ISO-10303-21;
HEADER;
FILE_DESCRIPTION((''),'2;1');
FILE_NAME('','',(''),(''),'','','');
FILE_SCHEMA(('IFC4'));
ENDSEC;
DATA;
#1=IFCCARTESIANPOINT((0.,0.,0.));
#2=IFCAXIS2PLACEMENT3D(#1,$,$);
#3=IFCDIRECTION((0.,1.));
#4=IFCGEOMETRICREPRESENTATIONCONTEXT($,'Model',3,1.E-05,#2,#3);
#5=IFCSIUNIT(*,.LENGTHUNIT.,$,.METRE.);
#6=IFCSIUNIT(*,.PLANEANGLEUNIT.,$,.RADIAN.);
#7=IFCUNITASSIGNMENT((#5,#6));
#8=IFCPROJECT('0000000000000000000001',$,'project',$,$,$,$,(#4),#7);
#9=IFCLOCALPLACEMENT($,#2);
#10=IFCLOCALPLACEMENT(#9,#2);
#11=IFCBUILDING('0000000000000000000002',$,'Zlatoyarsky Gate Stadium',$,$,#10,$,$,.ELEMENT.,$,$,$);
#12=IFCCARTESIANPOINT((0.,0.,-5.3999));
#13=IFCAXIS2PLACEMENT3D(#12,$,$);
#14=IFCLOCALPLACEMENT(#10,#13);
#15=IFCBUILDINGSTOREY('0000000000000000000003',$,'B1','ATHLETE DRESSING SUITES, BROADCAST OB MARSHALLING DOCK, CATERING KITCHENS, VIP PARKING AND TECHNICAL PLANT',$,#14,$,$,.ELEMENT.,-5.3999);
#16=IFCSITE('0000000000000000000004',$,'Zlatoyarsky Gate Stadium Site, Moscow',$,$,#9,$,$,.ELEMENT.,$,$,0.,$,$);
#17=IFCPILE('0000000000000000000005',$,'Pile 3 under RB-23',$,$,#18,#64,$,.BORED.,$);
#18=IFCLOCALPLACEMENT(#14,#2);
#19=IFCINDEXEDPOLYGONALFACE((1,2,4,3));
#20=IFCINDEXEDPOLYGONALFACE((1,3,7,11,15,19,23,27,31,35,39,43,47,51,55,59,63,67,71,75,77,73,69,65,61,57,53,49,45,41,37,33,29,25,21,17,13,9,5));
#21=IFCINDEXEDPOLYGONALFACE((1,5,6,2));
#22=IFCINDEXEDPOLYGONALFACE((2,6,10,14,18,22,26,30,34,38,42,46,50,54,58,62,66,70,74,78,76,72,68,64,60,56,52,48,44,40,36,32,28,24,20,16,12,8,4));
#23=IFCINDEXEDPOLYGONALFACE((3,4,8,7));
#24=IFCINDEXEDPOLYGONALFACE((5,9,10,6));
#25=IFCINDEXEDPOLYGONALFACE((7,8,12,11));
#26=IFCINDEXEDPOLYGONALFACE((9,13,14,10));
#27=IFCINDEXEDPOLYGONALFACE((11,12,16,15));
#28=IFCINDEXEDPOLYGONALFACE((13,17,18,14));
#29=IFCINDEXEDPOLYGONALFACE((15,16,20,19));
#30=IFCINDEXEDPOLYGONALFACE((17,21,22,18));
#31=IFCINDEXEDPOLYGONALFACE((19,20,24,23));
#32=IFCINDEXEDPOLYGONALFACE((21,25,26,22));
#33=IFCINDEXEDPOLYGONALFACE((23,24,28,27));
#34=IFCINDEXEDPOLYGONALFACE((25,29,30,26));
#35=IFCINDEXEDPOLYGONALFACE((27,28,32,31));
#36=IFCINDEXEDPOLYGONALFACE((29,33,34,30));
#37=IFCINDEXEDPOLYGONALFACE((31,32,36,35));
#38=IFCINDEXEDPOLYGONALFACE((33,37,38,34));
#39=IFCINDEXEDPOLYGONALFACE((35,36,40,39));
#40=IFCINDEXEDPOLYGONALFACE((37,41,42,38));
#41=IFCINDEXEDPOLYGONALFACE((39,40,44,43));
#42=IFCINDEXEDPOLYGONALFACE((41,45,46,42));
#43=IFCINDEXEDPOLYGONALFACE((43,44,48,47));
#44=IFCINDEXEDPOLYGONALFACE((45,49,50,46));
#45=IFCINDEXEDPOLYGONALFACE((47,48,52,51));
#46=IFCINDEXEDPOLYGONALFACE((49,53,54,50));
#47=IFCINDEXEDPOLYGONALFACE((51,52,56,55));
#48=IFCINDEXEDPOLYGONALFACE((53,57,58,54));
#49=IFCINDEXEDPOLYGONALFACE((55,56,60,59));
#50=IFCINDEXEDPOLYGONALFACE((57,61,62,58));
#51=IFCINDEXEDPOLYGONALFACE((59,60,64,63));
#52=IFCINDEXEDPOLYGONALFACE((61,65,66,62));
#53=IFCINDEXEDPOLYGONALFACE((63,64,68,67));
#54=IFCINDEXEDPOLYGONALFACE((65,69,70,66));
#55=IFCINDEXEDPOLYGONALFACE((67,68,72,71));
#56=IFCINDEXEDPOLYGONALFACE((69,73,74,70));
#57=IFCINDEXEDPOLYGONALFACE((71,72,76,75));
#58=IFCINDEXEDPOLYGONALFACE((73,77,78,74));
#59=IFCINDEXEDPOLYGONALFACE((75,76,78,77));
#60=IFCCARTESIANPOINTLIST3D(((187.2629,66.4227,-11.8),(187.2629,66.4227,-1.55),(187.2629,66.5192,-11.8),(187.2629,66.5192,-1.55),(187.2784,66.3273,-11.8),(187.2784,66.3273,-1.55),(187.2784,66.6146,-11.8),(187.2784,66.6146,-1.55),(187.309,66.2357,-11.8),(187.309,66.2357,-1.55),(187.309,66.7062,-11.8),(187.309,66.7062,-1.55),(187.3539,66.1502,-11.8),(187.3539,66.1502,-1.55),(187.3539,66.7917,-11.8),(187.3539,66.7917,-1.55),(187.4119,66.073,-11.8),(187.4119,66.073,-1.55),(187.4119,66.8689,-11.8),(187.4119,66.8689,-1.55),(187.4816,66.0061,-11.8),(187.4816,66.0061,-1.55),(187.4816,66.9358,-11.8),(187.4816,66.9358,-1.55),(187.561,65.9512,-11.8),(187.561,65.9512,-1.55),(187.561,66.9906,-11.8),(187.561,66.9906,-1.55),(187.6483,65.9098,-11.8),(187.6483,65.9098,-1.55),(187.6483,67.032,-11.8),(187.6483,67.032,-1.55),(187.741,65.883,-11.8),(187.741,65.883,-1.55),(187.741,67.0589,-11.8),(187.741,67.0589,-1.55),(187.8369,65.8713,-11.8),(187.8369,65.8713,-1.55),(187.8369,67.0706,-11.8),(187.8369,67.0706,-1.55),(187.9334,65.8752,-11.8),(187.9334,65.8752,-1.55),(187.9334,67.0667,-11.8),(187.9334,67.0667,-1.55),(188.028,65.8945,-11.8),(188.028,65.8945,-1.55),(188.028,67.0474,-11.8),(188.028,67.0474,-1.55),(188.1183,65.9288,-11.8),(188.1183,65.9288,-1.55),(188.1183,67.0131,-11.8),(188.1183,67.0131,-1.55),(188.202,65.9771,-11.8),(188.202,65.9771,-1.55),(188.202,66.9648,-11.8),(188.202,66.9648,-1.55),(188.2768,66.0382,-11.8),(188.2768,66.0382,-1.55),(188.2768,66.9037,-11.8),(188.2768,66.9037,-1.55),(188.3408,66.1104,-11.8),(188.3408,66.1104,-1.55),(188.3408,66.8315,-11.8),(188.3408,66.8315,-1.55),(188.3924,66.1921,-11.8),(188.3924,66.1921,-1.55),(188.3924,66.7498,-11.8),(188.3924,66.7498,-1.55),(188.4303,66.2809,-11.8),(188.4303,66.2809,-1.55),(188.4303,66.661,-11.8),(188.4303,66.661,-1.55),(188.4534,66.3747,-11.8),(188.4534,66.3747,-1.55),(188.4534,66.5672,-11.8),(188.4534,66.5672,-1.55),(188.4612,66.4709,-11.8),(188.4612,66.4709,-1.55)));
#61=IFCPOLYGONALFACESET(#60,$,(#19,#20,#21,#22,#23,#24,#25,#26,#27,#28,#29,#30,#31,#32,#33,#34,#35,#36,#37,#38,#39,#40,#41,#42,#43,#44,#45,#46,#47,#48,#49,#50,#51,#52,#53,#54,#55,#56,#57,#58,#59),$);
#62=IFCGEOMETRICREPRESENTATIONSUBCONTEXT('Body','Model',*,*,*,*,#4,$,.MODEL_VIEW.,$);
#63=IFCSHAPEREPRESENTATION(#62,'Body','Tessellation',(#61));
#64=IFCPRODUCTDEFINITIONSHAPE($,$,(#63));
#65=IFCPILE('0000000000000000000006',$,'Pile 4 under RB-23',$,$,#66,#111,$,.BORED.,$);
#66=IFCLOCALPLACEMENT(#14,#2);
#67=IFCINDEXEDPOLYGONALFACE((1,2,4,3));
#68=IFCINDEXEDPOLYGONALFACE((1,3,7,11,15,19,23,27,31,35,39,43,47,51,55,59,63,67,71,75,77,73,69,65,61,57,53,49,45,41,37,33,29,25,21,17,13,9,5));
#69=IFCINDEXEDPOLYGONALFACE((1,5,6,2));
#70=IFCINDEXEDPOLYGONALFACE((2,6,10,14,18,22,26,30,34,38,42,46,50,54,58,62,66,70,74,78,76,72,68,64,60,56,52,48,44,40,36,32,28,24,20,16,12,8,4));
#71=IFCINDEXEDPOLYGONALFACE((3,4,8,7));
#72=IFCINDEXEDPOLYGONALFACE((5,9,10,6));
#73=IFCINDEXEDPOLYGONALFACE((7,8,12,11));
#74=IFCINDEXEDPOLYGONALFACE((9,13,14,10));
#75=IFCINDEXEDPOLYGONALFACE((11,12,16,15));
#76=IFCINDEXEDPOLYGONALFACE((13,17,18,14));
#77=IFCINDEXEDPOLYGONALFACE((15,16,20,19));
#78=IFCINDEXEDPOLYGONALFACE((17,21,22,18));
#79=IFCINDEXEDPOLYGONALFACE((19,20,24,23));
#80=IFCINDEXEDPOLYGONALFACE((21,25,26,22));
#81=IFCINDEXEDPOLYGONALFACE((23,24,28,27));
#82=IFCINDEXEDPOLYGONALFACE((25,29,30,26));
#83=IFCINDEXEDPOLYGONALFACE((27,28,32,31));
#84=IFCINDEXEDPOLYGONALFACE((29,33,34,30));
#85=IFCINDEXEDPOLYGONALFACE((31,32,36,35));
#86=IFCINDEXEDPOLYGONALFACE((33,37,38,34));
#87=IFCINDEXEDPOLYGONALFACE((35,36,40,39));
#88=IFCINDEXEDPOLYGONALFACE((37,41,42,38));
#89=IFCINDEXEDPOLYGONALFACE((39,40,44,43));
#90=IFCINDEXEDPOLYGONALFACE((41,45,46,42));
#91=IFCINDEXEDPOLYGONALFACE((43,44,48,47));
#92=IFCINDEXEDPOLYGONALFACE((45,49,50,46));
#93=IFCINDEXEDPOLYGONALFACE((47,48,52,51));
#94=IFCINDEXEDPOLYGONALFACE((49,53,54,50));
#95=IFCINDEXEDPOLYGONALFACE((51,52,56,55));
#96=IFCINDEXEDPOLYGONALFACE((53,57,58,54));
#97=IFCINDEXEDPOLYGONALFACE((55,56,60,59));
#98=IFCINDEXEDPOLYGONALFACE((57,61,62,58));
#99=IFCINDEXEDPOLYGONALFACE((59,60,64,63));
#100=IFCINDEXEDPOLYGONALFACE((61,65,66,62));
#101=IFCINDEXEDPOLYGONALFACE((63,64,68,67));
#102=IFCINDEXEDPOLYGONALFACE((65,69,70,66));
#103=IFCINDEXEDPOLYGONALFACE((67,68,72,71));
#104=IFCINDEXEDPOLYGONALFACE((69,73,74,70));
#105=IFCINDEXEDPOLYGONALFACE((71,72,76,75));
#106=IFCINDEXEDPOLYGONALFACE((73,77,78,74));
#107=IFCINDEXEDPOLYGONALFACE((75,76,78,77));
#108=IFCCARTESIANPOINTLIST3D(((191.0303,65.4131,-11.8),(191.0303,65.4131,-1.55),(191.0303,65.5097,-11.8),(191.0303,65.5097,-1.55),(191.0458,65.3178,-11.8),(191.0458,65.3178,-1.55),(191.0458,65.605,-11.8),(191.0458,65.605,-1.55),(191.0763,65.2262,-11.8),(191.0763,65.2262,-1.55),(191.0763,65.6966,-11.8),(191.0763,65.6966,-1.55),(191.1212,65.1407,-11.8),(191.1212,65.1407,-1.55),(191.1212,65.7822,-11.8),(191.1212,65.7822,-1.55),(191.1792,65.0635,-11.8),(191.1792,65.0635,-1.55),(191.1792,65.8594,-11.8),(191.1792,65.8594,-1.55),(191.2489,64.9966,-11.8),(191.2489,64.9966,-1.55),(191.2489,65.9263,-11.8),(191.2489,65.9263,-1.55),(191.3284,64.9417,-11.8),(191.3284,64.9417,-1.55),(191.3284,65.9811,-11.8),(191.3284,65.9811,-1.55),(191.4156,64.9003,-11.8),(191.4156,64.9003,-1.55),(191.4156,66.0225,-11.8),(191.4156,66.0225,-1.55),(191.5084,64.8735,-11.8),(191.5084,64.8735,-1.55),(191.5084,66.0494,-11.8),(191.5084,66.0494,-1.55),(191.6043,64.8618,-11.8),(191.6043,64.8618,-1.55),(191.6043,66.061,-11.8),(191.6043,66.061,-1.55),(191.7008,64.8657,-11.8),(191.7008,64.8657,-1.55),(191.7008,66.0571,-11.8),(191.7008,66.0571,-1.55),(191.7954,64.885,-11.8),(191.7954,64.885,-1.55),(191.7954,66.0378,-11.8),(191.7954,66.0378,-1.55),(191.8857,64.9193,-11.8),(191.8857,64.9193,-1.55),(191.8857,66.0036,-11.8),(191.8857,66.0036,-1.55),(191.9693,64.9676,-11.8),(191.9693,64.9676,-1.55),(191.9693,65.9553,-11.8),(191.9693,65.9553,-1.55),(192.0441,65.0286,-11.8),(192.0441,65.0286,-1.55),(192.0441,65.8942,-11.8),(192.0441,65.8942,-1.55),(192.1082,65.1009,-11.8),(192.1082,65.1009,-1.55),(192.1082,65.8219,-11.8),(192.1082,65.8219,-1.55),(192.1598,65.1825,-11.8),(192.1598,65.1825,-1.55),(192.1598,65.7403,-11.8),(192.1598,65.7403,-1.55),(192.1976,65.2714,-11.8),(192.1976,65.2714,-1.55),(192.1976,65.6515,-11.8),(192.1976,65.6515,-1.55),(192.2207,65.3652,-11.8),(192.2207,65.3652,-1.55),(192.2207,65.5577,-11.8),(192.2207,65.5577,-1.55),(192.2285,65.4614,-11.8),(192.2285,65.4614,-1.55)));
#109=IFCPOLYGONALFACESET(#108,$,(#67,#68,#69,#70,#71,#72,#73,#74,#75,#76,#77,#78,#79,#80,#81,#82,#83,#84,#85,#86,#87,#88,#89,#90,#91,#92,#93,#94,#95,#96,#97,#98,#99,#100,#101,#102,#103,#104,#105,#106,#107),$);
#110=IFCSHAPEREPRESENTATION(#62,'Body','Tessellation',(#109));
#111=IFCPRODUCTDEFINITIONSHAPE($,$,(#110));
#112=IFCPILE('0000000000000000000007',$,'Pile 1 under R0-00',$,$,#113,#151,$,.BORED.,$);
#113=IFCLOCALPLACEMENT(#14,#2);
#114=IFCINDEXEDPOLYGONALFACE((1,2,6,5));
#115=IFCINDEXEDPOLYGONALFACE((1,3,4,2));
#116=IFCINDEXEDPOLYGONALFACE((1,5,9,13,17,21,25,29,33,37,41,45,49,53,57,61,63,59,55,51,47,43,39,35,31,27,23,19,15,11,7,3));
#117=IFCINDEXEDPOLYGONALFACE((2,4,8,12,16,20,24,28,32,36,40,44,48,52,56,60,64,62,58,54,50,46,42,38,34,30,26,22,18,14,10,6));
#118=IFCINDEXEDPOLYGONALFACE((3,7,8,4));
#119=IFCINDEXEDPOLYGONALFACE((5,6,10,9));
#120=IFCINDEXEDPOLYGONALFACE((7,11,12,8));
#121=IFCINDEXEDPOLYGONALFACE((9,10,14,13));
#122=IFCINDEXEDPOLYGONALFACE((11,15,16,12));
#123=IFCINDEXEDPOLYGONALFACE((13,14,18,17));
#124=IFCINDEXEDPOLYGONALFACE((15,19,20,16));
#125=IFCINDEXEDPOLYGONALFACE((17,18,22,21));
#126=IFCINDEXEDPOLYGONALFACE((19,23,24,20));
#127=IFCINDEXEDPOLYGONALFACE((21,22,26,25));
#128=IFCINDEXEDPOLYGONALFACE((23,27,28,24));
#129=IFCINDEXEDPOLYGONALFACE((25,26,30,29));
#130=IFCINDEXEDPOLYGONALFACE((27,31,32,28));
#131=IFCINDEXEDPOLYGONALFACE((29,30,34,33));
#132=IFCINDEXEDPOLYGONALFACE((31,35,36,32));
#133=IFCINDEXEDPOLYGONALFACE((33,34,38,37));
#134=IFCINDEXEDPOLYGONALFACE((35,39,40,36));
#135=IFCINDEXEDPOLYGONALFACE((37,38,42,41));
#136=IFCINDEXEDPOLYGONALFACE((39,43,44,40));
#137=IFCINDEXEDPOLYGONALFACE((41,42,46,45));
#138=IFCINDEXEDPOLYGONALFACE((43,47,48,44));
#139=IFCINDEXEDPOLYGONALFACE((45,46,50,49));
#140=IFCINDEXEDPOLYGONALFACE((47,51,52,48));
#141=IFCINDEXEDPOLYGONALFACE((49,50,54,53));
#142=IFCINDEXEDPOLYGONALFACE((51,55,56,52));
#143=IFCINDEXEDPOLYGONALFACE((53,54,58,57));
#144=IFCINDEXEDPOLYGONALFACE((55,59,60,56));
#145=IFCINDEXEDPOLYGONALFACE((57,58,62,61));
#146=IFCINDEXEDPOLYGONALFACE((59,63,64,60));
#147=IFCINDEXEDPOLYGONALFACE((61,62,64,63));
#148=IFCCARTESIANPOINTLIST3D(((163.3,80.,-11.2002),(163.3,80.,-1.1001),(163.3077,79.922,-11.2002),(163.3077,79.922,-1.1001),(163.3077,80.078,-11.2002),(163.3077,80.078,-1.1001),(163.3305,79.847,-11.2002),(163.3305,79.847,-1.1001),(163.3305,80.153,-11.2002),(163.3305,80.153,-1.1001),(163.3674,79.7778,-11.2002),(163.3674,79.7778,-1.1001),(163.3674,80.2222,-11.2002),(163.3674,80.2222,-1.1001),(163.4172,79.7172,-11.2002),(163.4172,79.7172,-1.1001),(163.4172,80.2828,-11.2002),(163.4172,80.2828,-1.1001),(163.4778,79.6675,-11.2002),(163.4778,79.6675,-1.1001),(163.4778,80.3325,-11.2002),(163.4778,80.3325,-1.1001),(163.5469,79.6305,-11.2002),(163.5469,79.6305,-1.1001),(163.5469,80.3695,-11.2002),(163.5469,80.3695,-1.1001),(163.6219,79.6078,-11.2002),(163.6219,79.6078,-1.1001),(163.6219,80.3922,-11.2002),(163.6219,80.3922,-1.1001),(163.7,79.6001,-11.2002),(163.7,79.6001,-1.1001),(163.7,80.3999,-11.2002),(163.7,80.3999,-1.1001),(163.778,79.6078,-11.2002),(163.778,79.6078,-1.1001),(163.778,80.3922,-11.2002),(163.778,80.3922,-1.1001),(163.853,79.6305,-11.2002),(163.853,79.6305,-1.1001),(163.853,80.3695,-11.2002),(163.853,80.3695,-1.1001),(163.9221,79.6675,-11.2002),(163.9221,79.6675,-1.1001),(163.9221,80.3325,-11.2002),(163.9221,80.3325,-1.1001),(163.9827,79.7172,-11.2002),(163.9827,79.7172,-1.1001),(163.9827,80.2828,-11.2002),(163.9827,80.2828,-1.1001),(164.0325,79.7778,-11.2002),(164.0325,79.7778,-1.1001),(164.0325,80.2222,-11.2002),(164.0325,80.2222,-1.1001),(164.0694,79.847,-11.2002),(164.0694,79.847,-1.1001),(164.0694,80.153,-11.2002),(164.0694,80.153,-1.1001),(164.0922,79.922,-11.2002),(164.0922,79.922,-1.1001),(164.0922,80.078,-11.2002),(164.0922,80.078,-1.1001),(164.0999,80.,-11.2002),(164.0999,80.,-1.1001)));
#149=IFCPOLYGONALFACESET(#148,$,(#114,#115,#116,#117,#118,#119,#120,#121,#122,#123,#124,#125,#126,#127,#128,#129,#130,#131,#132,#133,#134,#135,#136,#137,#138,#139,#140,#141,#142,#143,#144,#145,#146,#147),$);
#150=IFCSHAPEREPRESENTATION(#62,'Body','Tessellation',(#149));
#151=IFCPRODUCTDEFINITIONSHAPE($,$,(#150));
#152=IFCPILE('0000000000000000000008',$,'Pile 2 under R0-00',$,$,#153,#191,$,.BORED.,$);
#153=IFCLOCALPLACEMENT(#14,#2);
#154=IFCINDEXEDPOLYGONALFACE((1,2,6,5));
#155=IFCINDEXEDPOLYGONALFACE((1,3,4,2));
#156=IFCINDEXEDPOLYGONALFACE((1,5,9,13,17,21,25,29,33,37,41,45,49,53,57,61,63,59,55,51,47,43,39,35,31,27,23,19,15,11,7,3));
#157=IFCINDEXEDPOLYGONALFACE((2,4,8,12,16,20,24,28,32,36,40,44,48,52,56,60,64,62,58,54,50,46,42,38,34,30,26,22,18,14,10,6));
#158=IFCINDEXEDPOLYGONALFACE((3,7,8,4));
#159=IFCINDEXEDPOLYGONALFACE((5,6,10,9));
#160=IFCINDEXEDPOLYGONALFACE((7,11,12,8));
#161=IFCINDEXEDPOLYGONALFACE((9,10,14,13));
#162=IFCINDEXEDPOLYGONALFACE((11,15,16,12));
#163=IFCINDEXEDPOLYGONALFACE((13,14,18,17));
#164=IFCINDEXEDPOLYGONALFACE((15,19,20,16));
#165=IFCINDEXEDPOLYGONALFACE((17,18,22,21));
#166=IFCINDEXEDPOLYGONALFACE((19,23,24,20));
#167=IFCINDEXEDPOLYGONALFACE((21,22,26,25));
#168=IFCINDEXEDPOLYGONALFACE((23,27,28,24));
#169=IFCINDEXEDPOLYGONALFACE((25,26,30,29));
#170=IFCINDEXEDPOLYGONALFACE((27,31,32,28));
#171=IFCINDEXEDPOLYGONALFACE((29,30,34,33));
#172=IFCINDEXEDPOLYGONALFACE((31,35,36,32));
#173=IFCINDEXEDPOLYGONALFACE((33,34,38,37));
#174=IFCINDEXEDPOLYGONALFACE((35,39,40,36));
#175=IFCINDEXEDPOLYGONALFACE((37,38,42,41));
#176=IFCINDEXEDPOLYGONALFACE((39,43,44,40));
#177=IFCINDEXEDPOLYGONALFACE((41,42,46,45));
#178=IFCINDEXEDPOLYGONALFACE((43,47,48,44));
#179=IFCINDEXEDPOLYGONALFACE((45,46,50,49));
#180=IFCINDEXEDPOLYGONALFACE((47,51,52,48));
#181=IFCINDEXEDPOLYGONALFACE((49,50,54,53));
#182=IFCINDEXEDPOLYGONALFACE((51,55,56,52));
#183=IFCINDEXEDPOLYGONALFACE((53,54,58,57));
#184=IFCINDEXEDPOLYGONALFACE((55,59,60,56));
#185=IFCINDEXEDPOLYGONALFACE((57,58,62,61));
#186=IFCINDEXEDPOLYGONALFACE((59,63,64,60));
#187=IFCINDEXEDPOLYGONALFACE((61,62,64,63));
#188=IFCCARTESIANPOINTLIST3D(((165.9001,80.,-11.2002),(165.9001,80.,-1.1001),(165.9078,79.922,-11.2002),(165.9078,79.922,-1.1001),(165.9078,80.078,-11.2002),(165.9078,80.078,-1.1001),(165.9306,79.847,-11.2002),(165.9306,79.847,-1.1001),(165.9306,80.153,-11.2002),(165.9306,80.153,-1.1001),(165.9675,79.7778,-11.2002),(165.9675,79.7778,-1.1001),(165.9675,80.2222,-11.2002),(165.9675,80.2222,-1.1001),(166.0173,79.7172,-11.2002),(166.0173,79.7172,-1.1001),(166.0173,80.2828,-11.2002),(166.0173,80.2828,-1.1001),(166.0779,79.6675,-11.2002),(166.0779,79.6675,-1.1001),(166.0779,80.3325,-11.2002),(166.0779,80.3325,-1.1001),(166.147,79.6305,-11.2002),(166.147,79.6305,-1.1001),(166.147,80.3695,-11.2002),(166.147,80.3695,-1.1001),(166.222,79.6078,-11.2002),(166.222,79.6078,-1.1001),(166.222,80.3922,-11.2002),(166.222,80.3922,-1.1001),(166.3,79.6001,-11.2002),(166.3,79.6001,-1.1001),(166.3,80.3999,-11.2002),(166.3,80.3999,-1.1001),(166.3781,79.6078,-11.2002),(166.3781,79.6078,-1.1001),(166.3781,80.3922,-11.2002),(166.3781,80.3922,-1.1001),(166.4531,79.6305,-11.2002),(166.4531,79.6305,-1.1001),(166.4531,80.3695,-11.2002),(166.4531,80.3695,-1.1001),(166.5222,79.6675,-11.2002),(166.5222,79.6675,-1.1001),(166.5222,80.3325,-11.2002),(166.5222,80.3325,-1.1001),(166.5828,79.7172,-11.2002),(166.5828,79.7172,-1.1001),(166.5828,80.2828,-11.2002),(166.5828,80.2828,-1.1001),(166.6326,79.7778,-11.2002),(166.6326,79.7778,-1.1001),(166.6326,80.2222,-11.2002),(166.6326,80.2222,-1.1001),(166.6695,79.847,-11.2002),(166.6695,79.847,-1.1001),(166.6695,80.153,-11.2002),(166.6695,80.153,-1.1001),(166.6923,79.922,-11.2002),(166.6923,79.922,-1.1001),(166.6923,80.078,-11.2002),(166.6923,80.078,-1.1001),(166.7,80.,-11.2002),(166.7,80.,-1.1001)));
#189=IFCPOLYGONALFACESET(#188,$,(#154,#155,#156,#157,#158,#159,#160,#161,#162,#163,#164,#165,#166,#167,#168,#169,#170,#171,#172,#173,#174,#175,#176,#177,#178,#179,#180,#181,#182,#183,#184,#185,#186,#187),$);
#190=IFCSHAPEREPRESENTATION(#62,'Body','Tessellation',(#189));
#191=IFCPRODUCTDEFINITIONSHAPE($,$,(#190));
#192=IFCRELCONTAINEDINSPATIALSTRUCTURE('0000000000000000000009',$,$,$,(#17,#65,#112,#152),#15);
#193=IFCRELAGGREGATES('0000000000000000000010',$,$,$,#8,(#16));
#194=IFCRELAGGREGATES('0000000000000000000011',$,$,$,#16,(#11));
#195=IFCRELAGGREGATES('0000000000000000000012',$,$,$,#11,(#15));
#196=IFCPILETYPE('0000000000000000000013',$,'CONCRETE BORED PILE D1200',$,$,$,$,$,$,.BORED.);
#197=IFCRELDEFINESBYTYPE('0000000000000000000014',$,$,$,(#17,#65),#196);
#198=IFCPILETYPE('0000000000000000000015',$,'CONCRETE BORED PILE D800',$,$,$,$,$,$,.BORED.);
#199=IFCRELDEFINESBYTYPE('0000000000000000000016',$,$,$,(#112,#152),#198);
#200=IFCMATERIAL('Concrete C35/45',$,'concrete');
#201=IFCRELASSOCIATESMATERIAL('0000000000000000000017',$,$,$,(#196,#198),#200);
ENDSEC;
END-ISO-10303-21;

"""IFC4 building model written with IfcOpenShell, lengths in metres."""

from ifc_helpers import new_model, si_unit, direction, frame, origin, origin_2d, place, context, subcontext, project, spatial, circle, extrude, material, material_profile, profile_set, type_object, element, save


model = new_model("IFC4")

# Units and contexts
model_context = context("Model", 3, precision=1e-05, world=origin(), true_north=direction((0.0, 1.0)))
body_context = subcontext(model_context, "Body", "Model", "MODEL_VIEW")
ifc_project = project(units=[si_unit("LENGTHUNIT", "METRE"), si_unit("PLANEANGLEUNIT", "RADIAN")], contexts=[model_context])

# Site, building, storey
site_placement = place(None, origin())
site = spatial("IfcSite", under=ifc_project, at=site_placement, Name="Zlatoyarsky Gate Stadium Site, Moscow", CompositionType="ELEMENT", RefElevation=0.0)
building_placement = place(site_placement, origin())
building = spatial("IfcBuilding", under=site, at=building_placement, Name="Zlatoyarsky Gate Stadium", CompositionType="ELEMENT")
storey_placement = place(building_placement, frame((0.0, 0.0, -5.3999)))
storey = spatial("IfcBuildingStorey", under=building, at=storey_placement, Name="B1", Description="ATHLETE DRESSING SUITES, BROADCAST OB MARSHALLING DOCK, CATERING KITCHENS, VIP PARKING AND TECHNICAL PLANT", CompositionType="ELEMENT", Elevation=-5.3999)

# Piles
ifc_material_1 = material(Name="Concrete C35/45", Category="concrete")
ifc_material_profile_1 = material_profile(ifc_material_1, circle(Radius=0.6001, at=origin_2d()), Name="BORED PILE D1200")
ifc_profile_set_1 = profile_set([ifc_material_profile_1], Name="Concrete C35/45")
pile_type_1 = type_object("IfcPileType", Name="CONCRETE BORED PILE D1200", PredefinedType="BORED", material=ifc_profile_set_1)
for number, where, z_axis, x_axis, name in (
    (1, (187.8611, 66.4709, -1.55), (0.0, 0.0, -1.0), (1.0, 0.0, 0.0), "Pile 3 under RB-23"),
    (2, (191.6284, 65.4614, -1.55), (0.0, 0.0, -1.0), (1.0, 0.0, 0.0), "Pile 4 under RB-23"),
):
    element("IfcPile", number, at=place(storey_placement, frame(where, z_axis=z_axis, x_axis=x_axis)), inside=storey, type_object=pile_type_1, Name=name, PredefinedType="BORED", context=body_context, shape_type="SweptSolid", body=[
        extrude(circle(Radius=0.6001, at=origin_2d()), origin(), (0.0, 0.0, 1.0), 10.25),
    ])
ifc_material_profile_2 = material_profile(ifc_material_1, circle(Radius=0.3999, at=origin_2d()), Name="BORED PILE D800")
ifc_profile_set_2 = profile_set([ifc_material_profile_2], Name="Concrete C35/45")
pile_type_2 = type_object("IfcPileType", Name="CONCRETE BORED PILE D800", PredefinedType="BORED", material=ifc_profile_set_2)
for number, where, z_axis, x_axis, name in (
    (3, (163.7, 80.0, -1.1001), (0.0, 0.0, -1.0), (1.0, 0.0, 0.0), "Pile 1 under R0-00"),
    (4, (166.3, 80.0, -1.1001), (0.0, 0.0, -1.0), (1.0, 0.0, 0.0), "Pile 2 under R0-00"),
):
    element("IfcPile", number, at=place(storey_placement, frame(where, z_axis=z_axis, x_axis=x_axis)), inside=storey, type_object=pile_type_2, Name=name, PredefinedType="BORED", context=body_context, shape_type="SweptSolid", body=[
        extrude(circle(Radius=0.3999, at=origin_2d()), origin(), (0.0, 0.0, 1.0), 10.1001),
    ])

save(model, "model.ifc")
